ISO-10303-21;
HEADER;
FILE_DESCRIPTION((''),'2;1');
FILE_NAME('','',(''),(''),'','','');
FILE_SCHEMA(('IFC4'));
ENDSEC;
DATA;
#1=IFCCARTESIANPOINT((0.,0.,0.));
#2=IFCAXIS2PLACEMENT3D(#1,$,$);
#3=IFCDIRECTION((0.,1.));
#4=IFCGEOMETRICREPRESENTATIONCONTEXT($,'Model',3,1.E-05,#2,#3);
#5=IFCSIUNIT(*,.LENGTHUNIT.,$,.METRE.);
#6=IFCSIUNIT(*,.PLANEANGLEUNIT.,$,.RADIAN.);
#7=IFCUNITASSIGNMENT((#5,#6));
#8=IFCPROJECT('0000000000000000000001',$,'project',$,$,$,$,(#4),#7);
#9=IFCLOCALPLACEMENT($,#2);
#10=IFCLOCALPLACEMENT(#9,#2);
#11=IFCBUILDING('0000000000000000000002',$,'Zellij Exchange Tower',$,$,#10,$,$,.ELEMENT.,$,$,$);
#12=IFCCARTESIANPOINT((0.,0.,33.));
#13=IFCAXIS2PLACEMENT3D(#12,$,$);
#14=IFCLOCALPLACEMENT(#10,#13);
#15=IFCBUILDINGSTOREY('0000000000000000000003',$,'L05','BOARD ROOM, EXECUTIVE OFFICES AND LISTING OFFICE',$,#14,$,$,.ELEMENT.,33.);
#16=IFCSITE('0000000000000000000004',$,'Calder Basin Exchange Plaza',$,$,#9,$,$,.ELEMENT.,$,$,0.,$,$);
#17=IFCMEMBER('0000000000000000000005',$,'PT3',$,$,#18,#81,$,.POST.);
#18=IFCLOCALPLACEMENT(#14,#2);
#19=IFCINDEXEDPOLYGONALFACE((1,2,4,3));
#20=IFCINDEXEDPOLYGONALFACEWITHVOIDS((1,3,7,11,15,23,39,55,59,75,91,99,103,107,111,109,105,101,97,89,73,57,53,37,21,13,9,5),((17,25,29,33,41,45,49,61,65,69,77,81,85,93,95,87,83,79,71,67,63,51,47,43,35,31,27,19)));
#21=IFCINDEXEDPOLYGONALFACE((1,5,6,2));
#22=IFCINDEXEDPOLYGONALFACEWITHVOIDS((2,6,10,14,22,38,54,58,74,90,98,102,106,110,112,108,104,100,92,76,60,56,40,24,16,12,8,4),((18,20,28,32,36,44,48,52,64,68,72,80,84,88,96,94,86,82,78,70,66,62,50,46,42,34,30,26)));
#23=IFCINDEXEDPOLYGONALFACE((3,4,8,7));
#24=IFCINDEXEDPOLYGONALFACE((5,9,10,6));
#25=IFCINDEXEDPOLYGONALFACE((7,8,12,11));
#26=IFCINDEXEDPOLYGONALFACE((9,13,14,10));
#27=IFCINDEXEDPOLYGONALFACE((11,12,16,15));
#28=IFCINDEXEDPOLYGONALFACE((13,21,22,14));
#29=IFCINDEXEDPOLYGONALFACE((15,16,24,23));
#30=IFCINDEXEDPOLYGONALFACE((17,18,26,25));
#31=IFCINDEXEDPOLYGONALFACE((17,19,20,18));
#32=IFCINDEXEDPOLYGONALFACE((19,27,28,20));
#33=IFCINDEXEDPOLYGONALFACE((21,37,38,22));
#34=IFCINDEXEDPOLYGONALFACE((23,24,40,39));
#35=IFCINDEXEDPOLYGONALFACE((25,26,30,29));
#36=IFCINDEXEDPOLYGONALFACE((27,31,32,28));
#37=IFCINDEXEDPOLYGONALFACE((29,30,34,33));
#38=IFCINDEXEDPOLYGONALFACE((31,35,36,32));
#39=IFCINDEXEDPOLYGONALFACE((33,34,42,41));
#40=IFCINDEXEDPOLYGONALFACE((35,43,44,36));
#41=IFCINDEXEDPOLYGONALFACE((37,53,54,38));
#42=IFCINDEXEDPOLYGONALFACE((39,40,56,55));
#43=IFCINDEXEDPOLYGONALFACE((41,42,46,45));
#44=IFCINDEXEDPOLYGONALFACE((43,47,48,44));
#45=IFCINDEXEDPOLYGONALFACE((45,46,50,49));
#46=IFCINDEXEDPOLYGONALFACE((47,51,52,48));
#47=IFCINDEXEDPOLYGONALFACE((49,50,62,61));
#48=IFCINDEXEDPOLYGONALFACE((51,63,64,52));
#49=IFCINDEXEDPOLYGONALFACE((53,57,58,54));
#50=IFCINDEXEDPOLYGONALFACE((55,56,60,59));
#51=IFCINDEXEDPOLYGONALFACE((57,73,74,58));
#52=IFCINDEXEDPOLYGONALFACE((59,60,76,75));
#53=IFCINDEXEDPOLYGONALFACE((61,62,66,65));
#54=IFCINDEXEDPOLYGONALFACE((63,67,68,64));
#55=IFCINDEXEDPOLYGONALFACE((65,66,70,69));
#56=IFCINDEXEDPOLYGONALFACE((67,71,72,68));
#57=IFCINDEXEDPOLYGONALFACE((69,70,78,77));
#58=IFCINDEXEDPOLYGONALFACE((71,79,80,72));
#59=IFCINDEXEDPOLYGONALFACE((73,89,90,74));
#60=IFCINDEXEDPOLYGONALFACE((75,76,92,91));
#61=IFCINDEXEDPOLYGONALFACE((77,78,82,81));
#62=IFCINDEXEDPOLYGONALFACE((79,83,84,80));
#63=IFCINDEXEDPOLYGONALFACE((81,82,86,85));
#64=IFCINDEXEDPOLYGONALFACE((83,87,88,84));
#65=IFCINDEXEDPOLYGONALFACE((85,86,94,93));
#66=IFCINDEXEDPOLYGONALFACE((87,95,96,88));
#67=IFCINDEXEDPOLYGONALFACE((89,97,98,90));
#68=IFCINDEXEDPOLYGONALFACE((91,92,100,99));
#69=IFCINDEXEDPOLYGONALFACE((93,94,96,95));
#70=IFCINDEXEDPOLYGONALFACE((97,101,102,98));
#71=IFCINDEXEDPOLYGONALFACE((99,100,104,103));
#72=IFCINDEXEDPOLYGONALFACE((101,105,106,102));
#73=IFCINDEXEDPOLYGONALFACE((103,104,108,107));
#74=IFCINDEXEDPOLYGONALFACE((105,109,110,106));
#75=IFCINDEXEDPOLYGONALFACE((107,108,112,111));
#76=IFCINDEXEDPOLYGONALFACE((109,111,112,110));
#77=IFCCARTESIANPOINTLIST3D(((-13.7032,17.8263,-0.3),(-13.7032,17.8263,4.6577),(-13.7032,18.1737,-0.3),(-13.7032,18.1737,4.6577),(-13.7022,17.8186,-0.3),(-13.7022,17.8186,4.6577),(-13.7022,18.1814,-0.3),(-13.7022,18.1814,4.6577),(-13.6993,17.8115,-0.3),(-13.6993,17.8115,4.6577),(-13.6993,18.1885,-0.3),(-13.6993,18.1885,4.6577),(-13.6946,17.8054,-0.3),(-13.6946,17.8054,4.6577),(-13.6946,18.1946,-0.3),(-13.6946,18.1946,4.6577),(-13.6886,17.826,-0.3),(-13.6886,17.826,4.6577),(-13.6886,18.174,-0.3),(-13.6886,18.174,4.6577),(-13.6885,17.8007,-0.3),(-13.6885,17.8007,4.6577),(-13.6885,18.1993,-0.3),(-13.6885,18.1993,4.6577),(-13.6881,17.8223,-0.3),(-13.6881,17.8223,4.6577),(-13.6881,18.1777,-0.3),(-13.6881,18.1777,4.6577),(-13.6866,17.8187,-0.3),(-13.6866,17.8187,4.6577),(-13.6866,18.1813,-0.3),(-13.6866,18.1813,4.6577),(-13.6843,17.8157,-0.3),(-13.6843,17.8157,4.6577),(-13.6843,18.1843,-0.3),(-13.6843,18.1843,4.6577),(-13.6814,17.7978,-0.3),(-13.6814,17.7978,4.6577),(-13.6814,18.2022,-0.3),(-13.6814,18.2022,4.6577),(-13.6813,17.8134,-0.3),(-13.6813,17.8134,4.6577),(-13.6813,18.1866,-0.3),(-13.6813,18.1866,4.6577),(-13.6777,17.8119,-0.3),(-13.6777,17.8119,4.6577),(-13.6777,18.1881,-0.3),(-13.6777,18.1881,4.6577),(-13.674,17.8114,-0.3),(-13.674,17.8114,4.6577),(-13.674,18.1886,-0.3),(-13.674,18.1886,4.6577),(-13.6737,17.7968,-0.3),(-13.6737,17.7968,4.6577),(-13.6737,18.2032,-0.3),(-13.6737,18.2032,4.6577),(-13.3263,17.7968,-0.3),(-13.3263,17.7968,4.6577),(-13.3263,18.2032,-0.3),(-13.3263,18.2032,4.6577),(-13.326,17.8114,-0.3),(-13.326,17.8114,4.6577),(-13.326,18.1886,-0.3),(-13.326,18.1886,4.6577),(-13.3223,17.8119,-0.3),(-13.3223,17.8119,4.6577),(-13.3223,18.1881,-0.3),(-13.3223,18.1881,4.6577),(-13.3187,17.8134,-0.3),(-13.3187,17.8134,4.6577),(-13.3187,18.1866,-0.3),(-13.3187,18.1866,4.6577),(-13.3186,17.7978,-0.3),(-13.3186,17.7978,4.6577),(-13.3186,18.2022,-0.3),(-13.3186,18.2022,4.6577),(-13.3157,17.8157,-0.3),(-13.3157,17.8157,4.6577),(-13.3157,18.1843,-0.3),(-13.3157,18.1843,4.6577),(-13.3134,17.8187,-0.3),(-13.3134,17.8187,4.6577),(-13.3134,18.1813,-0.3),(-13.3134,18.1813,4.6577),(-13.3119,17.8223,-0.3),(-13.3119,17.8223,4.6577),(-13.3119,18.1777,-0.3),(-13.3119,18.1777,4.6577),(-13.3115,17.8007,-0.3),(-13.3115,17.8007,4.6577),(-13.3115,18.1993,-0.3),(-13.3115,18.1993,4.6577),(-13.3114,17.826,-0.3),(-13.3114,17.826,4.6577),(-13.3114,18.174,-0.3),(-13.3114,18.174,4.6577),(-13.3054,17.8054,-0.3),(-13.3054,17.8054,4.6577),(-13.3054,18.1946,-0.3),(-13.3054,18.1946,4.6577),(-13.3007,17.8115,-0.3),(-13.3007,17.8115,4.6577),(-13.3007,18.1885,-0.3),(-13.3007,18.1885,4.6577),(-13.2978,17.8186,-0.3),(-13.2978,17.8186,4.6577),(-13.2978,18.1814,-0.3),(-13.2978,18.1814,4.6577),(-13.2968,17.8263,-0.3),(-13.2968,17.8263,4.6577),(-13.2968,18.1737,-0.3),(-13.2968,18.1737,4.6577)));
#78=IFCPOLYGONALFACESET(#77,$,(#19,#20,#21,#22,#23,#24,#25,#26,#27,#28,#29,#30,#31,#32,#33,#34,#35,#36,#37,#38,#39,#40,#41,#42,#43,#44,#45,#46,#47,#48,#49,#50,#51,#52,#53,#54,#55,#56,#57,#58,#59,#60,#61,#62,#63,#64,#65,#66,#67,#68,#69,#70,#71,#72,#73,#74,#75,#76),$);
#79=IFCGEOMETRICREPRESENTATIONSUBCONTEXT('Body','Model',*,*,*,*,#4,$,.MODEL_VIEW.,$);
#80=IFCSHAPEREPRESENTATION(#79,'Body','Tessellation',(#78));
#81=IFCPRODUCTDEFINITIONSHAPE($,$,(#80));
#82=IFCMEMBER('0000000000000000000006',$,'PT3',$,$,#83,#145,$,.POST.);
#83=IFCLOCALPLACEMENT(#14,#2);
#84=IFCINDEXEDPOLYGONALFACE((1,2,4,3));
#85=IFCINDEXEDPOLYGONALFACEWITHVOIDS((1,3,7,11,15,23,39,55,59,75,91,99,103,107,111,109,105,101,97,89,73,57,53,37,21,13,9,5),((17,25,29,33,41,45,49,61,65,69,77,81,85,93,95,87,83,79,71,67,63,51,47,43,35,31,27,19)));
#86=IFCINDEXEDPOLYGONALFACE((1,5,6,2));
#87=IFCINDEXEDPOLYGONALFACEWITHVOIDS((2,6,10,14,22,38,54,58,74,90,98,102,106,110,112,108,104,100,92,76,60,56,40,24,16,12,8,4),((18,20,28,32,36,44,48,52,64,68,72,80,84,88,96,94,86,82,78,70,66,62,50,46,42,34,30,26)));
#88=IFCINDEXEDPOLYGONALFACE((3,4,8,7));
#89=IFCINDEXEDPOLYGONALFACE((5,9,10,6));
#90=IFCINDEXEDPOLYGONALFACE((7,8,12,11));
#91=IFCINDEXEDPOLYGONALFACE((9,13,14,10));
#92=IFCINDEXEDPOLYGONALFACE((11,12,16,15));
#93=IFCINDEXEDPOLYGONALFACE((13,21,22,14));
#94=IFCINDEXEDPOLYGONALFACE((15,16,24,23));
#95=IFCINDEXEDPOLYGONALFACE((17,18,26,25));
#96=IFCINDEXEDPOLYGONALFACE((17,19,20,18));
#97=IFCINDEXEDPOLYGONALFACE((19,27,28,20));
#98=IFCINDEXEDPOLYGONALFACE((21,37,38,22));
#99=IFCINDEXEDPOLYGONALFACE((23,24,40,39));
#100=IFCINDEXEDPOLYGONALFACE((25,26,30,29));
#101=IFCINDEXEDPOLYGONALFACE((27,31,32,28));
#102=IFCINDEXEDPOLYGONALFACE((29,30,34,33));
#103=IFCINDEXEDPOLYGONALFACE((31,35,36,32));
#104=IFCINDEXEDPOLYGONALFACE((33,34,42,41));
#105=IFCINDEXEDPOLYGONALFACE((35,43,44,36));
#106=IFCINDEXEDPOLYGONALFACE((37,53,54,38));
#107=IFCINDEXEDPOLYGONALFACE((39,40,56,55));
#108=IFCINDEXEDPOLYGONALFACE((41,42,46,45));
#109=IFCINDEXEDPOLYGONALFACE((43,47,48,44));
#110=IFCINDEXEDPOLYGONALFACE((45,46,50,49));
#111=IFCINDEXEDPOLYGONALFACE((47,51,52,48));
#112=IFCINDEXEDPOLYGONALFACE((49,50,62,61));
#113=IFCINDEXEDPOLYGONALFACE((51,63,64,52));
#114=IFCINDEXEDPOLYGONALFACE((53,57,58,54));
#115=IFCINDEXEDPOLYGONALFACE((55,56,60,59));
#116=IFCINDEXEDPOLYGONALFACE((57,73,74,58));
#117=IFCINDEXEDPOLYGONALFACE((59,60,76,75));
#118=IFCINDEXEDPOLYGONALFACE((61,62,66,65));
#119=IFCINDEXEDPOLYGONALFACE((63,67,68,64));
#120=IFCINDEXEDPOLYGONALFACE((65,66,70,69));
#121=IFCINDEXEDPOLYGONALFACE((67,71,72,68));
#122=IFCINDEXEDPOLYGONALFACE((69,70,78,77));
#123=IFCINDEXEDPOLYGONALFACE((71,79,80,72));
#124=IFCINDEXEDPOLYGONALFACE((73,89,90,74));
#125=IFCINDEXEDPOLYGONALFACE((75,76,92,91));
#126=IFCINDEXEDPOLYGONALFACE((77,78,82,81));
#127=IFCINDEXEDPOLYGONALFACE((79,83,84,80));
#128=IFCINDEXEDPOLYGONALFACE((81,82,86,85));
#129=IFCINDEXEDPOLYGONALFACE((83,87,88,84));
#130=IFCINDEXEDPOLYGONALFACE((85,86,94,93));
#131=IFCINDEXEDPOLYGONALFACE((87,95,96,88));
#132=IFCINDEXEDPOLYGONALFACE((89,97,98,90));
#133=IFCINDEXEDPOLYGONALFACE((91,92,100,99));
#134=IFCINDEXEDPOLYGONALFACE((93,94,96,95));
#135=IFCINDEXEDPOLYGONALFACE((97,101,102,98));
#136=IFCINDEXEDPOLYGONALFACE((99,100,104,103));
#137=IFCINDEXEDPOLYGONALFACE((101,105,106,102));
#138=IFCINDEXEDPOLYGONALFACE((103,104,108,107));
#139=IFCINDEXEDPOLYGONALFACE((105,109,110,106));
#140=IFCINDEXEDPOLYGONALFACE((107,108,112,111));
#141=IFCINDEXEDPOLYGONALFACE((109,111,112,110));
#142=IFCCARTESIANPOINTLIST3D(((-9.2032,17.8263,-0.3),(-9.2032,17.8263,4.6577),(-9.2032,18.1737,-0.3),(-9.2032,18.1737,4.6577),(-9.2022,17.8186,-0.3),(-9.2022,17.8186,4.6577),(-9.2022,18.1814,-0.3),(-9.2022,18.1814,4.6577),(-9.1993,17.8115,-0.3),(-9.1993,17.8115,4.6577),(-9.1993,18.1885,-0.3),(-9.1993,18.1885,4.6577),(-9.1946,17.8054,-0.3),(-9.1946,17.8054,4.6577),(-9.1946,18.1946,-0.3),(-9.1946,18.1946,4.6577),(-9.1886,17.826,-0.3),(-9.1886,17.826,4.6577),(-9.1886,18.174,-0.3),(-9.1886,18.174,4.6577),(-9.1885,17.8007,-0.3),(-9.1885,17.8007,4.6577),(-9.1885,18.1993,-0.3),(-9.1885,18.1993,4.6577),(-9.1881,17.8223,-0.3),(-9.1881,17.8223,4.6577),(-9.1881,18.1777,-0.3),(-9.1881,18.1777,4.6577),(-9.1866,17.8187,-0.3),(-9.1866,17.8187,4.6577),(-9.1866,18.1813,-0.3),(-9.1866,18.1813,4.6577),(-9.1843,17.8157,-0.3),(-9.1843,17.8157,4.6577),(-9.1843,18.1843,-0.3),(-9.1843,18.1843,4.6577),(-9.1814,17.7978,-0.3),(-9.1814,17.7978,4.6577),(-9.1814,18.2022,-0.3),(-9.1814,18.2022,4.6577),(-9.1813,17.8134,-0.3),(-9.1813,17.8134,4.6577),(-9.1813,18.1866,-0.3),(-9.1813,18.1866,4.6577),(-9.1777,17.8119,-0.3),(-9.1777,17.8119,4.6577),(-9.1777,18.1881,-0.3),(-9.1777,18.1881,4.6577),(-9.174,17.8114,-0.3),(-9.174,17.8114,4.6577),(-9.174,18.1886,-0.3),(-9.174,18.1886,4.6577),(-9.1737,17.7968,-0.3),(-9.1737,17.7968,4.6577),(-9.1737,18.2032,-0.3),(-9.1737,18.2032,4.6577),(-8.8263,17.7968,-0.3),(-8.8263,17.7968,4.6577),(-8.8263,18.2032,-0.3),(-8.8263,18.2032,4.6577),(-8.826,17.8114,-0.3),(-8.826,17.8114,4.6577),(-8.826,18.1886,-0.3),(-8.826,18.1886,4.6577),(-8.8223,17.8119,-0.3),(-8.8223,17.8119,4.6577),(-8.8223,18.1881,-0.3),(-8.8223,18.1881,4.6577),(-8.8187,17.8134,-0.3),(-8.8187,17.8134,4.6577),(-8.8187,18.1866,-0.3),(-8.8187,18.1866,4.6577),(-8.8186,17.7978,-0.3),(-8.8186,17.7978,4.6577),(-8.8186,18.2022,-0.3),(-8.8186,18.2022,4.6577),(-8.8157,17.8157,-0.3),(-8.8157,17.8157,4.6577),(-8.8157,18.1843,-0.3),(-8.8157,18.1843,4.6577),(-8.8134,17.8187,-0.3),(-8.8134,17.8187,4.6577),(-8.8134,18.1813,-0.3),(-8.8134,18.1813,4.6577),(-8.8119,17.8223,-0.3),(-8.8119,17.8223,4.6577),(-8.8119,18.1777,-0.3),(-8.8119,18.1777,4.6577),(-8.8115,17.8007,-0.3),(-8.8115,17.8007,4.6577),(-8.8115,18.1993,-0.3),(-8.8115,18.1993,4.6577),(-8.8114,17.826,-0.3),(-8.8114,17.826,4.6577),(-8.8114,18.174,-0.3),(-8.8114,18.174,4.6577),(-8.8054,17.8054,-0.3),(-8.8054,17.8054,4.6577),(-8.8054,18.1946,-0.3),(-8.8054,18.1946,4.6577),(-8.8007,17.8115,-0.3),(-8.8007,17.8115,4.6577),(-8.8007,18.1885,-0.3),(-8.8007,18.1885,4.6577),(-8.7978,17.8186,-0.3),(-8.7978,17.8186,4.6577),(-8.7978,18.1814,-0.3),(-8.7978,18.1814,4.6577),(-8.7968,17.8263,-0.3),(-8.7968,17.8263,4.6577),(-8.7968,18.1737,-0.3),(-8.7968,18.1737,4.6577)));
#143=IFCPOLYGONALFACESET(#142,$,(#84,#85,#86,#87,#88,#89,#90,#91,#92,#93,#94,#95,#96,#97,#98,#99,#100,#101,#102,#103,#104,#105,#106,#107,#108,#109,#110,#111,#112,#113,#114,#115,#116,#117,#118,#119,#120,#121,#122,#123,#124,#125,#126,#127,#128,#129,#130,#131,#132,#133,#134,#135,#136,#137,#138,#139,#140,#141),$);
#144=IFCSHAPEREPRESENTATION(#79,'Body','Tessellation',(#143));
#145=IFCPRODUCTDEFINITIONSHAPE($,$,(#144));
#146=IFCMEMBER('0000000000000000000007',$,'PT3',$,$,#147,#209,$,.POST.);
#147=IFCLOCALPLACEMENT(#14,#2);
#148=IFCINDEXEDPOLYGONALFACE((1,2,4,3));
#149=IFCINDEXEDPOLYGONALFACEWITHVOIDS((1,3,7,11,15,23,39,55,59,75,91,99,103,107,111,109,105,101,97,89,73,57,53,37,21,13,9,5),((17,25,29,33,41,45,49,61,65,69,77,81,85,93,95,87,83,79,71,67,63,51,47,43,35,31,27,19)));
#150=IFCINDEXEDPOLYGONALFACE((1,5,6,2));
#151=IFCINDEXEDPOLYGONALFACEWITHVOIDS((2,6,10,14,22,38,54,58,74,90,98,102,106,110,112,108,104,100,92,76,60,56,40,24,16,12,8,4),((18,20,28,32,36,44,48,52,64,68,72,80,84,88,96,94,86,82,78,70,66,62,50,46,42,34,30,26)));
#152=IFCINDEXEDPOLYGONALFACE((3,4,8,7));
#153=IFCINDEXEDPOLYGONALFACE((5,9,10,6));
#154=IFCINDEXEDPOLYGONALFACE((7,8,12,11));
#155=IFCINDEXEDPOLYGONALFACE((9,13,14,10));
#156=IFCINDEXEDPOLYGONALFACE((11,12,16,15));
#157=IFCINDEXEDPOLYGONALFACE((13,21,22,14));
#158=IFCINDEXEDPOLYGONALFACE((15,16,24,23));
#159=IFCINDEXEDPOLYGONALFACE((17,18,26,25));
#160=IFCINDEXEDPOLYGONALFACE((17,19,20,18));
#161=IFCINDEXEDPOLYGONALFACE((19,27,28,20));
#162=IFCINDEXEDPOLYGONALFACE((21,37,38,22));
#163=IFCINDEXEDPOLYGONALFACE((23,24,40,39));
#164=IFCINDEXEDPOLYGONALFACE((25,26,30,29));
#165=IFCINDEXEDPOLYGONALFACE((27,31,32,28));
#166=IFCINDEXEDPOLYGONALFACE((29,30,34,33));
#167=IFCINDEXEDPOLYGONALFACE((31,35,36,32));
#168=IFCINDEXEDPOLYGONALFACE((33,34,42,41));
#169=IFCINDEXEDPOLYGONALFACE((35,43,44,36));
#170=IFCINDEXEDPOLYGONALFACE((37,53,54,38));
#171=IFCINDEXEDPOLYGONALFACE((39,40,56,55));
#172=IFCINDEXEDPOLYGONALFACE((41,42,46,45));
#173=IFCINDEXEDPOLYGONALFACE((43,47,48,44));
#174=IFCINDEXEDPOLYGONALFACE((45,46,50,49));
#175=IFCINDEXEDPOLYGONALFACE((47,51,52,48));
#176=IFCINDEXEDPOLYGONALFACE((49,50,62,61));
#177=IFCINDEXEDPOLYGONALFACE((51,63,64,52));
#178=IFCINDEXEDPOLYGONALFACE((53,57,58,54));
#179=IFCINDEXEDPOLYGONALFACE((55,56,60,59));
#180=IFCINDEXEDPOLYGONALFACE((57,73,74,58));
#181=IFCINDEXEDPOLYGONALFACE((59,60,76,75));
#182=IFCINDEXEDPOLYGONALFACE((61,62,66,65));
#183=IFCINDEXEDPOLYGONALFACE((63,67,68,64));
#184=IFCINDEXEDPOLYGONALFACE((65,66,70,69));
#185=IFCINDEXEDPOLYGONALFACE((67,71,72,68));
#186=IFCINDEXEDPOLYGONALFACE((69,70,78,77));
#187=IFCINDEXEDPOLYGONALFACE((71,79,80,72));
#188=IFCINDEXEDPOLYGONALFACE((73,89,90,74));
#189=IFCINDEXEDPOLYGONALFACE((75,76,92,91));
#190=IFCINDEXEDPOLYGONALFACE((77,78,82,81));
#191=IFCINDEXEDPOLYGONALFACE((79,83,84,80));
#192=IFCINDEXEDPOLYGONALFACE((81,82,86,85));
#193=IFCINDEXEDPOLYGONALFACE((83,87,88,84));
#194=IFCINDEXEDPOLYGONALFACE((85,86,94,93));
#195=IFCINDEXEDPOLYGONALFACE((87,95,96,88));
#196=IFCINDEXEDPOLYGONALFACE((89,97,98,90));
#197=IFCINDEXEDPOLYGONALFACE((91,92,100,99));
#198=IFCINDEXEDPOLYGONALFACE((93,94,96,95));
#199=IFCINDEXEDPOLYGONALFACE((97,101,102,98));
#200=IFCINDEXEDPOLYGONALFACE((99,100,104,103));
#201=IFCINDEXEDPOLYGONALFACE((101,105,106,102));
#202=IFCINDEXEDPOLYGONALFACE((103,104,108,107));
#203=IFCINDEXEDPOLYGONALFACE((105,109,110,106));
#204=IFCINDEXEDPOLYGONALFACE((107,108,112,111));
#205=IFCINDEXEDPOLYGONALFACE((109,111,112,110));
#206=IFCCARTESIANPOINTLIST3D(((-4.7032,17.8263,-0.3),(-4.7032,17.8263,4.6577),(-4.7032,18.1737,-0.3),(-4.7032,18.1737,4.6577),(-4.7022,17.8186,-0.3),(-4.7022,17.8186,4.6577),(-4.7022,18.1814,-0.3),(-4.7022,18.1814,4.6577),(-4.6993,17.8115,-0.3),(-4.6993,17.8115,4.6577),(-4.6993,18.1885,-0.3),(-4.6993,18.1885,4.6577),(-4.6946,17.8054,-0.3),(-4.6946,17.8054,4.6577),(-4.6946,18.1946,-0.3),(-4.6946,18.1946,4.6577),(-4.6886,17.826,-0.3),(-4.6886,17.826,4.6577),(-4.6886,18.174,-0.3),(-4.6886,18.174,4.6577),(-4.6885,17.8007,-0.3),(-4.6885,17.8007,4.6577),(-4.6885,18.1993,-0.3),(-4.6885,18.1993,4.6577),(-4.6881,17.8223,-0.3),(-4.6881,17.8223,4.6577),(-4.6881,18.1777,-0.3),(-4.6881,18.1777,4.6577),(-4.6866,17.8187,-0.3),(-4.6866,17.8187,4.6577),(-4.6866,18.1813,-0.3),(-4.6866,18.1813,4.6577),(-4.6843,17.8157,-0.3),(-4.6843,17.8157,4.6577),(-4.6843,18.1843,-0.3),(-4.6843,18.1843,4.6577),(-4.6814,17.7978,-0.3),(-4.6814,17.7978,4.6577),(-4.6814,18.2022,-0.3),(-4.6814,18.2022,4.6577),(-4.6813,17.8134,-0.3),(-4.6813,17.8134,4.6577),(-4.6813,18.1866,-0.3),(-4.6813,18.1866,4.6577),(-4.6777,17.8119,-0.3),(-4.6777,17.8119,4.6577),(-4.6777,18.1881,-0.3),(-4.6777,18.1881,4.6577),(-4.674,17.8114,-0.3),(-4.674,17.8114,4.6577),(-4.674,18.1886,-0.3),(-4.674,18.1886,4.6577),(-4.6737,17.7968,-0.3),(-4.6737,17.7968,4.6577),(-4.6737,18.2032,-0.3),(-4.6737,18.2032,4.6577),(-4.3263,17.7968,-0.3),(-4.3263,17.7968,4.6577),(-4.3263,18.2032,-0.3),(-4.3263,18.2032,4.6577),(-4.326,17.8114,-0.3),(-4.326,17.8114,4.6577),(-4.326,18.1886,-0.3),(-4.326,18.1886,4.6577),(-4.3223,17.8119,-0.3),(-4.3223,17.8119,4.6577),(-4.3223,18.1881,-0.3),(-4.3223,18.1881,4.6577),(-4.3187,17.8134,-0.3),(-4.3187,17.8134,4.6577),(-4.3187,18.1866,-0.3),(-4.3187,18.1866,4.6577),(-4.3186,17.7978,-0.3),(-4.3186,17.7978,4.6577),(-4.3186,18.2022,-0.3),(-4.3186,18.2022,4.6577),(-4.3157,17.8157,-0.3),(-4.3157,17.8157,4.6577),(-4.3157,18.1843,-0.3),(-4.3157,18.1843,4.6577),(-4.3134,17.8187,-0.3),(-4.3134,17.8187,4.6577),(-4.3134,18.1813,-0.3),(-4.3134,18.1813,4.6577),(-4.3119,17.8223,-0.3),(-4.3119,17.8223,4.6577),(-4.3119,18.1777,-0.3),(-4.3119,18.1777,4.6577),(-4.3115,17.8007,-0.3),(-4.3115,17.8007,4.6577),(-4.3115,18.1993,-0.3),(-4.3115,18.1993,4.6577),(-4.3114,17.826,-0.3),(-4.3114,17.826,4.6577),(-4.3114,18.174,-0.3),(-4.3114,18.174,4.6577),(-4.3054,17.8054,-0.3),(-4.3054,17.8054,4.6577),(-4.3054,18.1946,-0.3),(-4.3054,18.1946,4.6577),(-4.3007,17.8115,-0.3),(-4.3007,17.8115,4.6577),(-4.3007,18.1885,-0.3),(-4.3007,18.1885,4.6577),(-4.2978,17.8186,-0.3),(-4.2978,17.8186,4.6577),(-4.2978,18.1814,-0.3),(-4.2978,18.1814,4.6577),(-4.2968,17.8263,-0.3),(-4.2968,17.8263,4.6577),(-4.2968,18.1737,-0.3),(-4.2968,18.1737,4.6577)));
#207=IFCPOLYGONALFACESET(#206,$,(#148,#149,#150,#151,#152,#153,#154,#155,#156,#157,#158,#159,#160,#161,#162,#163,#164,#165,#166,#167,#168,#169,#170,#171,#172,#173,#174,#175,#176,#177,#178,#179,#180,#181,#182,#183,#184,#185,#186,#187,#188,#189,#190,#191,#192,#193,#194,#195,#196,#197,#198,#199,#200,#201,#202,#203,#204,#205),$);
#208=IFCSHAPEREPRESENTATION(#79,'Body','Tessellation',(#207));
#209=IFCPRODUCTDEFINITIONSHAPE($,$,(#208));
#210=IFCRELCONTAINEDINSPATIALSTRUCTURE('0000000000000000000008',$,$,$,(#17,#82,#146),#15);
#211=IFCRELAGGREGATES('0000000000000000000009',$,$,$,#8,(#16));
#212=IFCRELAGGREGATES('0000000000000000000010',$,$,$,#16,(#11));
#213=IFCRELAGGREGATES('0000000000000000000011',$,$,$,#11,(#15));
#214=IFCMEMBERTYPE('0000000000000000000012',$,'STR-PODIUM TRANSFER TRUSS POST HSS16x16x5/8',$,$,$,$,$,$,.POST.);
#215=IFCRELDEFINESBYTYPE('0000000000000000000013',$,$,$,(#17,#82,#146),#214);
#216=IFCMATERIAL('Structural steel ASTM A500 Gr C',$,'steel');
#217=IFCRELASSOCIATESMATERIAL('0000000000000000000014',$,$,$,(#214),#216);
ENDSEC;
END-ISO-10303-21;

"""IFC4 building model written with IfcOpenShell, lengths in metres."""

from ifc_helpers import new_model, si_unit, direction, frame, origin, origin_2d, place, context, subcontext, project, spatial, hollow_rectangle, extrude, material, material_profile, profile_set, type_object, element, save


model = new_model("IFC4")

# Units and contexts
model_context = context("Model", 3, precision=1e-05, world=origin(), true_north=direction((0.0, 1.0)))
body_context = subcontext(model_context, "Body", "Model", "MODEL_VIEW")
ifc_project = project(units=[si_unit("LENGTHUNIT", "METRE"), si_unit("PLANEANGLEUNIT", "RADIAN")], contexts=[model_context])

# Site, building, storey
site_placement = place(None, origin())
site = spatial("IfcSite", under=ifc_project, at=site_placement, Name="Calder Basin Exchange Plaza", CompositionType="ELEMENT", RefElevation=0.0)
building_placement = place(site_placement, origin())
building = spatial("IfcBuilding", under=site, at=building_placement, Name="Zellij Exchange Tower", CompositionType="ELEMENT")
storey_placement = place(building_placement, frame((0.0, 0.0, 33.0)))
storey = spatial("IfcBuildingStorey", under=building, at=storey_placement, Name="L05", Description="BOARD ROOM, EXECUTIVE OFFICES AND LISTING OFFICE", CompositionType="ELEMENT", Elevation=33.0)

# Members
ifc_material_1 = material(Name="Structural steel ASTM A500 Gr C", Category="steel")
ifc_material_profile_1 = material_profile(ifc_material_1, hollow_rectangle(XDim=0.4065, YDim=0.4065, WallThickness=0.0146, InnerFilletRadius=0.0146, OuterFilletRadius=0.0295, at=origin_2d()), Name="STR-PODIUM TRANSFER TRUSS POST HSS16x16x5/8")
ifc_profile_set_1 = profile_set([ifc_material_profile_1], Name="Structural steel ASTM A500 Gr C")
member_type_1 = type_object("IfcMemberType", Name="STR-PODIUM TRANSFER TRUSS POST HSS16x16x5/8", PredefinedType="POST", material=ifc_profile_set_1)
for number, where, z_axis, x_axis, name in (
    (1, (-13.5, 18.0, -0.3), (0.0, 0.0, 1.0), (1.0, 0.0, 0.0), "PT3"),
    (2, (-9.0, 18.0, -0.3), (0.0, 0.0, 1.0), (1.0, 0.0, 0.0), "PT3"),
    (3, (-4.5, 18.0, -0.3), (0.0, 0.0, 1.0), (1.0, 0.0, 0.0), "PT3"),
):
    element("IfcMember", number, at=place(storey_placement, frame(where, z_axis=z_axis, x_axis=x_axis)), inside=storey, type_object=member_type_1, Name=name, PredefinedType="POST", context=body_context, shape_type="SweptSolid", body=[
        extrude(hollow_rectangle(XDim=0.4065, YDim=0.4065, WallThickness=0.0146, InnerFilletRadius=0.0146, OuterFilletRadius=0.0295, at=origin_2d()), origin(), (0.0, 0.0, 1.0), 4.9578),
    ])

save(model, "model.ifc")
